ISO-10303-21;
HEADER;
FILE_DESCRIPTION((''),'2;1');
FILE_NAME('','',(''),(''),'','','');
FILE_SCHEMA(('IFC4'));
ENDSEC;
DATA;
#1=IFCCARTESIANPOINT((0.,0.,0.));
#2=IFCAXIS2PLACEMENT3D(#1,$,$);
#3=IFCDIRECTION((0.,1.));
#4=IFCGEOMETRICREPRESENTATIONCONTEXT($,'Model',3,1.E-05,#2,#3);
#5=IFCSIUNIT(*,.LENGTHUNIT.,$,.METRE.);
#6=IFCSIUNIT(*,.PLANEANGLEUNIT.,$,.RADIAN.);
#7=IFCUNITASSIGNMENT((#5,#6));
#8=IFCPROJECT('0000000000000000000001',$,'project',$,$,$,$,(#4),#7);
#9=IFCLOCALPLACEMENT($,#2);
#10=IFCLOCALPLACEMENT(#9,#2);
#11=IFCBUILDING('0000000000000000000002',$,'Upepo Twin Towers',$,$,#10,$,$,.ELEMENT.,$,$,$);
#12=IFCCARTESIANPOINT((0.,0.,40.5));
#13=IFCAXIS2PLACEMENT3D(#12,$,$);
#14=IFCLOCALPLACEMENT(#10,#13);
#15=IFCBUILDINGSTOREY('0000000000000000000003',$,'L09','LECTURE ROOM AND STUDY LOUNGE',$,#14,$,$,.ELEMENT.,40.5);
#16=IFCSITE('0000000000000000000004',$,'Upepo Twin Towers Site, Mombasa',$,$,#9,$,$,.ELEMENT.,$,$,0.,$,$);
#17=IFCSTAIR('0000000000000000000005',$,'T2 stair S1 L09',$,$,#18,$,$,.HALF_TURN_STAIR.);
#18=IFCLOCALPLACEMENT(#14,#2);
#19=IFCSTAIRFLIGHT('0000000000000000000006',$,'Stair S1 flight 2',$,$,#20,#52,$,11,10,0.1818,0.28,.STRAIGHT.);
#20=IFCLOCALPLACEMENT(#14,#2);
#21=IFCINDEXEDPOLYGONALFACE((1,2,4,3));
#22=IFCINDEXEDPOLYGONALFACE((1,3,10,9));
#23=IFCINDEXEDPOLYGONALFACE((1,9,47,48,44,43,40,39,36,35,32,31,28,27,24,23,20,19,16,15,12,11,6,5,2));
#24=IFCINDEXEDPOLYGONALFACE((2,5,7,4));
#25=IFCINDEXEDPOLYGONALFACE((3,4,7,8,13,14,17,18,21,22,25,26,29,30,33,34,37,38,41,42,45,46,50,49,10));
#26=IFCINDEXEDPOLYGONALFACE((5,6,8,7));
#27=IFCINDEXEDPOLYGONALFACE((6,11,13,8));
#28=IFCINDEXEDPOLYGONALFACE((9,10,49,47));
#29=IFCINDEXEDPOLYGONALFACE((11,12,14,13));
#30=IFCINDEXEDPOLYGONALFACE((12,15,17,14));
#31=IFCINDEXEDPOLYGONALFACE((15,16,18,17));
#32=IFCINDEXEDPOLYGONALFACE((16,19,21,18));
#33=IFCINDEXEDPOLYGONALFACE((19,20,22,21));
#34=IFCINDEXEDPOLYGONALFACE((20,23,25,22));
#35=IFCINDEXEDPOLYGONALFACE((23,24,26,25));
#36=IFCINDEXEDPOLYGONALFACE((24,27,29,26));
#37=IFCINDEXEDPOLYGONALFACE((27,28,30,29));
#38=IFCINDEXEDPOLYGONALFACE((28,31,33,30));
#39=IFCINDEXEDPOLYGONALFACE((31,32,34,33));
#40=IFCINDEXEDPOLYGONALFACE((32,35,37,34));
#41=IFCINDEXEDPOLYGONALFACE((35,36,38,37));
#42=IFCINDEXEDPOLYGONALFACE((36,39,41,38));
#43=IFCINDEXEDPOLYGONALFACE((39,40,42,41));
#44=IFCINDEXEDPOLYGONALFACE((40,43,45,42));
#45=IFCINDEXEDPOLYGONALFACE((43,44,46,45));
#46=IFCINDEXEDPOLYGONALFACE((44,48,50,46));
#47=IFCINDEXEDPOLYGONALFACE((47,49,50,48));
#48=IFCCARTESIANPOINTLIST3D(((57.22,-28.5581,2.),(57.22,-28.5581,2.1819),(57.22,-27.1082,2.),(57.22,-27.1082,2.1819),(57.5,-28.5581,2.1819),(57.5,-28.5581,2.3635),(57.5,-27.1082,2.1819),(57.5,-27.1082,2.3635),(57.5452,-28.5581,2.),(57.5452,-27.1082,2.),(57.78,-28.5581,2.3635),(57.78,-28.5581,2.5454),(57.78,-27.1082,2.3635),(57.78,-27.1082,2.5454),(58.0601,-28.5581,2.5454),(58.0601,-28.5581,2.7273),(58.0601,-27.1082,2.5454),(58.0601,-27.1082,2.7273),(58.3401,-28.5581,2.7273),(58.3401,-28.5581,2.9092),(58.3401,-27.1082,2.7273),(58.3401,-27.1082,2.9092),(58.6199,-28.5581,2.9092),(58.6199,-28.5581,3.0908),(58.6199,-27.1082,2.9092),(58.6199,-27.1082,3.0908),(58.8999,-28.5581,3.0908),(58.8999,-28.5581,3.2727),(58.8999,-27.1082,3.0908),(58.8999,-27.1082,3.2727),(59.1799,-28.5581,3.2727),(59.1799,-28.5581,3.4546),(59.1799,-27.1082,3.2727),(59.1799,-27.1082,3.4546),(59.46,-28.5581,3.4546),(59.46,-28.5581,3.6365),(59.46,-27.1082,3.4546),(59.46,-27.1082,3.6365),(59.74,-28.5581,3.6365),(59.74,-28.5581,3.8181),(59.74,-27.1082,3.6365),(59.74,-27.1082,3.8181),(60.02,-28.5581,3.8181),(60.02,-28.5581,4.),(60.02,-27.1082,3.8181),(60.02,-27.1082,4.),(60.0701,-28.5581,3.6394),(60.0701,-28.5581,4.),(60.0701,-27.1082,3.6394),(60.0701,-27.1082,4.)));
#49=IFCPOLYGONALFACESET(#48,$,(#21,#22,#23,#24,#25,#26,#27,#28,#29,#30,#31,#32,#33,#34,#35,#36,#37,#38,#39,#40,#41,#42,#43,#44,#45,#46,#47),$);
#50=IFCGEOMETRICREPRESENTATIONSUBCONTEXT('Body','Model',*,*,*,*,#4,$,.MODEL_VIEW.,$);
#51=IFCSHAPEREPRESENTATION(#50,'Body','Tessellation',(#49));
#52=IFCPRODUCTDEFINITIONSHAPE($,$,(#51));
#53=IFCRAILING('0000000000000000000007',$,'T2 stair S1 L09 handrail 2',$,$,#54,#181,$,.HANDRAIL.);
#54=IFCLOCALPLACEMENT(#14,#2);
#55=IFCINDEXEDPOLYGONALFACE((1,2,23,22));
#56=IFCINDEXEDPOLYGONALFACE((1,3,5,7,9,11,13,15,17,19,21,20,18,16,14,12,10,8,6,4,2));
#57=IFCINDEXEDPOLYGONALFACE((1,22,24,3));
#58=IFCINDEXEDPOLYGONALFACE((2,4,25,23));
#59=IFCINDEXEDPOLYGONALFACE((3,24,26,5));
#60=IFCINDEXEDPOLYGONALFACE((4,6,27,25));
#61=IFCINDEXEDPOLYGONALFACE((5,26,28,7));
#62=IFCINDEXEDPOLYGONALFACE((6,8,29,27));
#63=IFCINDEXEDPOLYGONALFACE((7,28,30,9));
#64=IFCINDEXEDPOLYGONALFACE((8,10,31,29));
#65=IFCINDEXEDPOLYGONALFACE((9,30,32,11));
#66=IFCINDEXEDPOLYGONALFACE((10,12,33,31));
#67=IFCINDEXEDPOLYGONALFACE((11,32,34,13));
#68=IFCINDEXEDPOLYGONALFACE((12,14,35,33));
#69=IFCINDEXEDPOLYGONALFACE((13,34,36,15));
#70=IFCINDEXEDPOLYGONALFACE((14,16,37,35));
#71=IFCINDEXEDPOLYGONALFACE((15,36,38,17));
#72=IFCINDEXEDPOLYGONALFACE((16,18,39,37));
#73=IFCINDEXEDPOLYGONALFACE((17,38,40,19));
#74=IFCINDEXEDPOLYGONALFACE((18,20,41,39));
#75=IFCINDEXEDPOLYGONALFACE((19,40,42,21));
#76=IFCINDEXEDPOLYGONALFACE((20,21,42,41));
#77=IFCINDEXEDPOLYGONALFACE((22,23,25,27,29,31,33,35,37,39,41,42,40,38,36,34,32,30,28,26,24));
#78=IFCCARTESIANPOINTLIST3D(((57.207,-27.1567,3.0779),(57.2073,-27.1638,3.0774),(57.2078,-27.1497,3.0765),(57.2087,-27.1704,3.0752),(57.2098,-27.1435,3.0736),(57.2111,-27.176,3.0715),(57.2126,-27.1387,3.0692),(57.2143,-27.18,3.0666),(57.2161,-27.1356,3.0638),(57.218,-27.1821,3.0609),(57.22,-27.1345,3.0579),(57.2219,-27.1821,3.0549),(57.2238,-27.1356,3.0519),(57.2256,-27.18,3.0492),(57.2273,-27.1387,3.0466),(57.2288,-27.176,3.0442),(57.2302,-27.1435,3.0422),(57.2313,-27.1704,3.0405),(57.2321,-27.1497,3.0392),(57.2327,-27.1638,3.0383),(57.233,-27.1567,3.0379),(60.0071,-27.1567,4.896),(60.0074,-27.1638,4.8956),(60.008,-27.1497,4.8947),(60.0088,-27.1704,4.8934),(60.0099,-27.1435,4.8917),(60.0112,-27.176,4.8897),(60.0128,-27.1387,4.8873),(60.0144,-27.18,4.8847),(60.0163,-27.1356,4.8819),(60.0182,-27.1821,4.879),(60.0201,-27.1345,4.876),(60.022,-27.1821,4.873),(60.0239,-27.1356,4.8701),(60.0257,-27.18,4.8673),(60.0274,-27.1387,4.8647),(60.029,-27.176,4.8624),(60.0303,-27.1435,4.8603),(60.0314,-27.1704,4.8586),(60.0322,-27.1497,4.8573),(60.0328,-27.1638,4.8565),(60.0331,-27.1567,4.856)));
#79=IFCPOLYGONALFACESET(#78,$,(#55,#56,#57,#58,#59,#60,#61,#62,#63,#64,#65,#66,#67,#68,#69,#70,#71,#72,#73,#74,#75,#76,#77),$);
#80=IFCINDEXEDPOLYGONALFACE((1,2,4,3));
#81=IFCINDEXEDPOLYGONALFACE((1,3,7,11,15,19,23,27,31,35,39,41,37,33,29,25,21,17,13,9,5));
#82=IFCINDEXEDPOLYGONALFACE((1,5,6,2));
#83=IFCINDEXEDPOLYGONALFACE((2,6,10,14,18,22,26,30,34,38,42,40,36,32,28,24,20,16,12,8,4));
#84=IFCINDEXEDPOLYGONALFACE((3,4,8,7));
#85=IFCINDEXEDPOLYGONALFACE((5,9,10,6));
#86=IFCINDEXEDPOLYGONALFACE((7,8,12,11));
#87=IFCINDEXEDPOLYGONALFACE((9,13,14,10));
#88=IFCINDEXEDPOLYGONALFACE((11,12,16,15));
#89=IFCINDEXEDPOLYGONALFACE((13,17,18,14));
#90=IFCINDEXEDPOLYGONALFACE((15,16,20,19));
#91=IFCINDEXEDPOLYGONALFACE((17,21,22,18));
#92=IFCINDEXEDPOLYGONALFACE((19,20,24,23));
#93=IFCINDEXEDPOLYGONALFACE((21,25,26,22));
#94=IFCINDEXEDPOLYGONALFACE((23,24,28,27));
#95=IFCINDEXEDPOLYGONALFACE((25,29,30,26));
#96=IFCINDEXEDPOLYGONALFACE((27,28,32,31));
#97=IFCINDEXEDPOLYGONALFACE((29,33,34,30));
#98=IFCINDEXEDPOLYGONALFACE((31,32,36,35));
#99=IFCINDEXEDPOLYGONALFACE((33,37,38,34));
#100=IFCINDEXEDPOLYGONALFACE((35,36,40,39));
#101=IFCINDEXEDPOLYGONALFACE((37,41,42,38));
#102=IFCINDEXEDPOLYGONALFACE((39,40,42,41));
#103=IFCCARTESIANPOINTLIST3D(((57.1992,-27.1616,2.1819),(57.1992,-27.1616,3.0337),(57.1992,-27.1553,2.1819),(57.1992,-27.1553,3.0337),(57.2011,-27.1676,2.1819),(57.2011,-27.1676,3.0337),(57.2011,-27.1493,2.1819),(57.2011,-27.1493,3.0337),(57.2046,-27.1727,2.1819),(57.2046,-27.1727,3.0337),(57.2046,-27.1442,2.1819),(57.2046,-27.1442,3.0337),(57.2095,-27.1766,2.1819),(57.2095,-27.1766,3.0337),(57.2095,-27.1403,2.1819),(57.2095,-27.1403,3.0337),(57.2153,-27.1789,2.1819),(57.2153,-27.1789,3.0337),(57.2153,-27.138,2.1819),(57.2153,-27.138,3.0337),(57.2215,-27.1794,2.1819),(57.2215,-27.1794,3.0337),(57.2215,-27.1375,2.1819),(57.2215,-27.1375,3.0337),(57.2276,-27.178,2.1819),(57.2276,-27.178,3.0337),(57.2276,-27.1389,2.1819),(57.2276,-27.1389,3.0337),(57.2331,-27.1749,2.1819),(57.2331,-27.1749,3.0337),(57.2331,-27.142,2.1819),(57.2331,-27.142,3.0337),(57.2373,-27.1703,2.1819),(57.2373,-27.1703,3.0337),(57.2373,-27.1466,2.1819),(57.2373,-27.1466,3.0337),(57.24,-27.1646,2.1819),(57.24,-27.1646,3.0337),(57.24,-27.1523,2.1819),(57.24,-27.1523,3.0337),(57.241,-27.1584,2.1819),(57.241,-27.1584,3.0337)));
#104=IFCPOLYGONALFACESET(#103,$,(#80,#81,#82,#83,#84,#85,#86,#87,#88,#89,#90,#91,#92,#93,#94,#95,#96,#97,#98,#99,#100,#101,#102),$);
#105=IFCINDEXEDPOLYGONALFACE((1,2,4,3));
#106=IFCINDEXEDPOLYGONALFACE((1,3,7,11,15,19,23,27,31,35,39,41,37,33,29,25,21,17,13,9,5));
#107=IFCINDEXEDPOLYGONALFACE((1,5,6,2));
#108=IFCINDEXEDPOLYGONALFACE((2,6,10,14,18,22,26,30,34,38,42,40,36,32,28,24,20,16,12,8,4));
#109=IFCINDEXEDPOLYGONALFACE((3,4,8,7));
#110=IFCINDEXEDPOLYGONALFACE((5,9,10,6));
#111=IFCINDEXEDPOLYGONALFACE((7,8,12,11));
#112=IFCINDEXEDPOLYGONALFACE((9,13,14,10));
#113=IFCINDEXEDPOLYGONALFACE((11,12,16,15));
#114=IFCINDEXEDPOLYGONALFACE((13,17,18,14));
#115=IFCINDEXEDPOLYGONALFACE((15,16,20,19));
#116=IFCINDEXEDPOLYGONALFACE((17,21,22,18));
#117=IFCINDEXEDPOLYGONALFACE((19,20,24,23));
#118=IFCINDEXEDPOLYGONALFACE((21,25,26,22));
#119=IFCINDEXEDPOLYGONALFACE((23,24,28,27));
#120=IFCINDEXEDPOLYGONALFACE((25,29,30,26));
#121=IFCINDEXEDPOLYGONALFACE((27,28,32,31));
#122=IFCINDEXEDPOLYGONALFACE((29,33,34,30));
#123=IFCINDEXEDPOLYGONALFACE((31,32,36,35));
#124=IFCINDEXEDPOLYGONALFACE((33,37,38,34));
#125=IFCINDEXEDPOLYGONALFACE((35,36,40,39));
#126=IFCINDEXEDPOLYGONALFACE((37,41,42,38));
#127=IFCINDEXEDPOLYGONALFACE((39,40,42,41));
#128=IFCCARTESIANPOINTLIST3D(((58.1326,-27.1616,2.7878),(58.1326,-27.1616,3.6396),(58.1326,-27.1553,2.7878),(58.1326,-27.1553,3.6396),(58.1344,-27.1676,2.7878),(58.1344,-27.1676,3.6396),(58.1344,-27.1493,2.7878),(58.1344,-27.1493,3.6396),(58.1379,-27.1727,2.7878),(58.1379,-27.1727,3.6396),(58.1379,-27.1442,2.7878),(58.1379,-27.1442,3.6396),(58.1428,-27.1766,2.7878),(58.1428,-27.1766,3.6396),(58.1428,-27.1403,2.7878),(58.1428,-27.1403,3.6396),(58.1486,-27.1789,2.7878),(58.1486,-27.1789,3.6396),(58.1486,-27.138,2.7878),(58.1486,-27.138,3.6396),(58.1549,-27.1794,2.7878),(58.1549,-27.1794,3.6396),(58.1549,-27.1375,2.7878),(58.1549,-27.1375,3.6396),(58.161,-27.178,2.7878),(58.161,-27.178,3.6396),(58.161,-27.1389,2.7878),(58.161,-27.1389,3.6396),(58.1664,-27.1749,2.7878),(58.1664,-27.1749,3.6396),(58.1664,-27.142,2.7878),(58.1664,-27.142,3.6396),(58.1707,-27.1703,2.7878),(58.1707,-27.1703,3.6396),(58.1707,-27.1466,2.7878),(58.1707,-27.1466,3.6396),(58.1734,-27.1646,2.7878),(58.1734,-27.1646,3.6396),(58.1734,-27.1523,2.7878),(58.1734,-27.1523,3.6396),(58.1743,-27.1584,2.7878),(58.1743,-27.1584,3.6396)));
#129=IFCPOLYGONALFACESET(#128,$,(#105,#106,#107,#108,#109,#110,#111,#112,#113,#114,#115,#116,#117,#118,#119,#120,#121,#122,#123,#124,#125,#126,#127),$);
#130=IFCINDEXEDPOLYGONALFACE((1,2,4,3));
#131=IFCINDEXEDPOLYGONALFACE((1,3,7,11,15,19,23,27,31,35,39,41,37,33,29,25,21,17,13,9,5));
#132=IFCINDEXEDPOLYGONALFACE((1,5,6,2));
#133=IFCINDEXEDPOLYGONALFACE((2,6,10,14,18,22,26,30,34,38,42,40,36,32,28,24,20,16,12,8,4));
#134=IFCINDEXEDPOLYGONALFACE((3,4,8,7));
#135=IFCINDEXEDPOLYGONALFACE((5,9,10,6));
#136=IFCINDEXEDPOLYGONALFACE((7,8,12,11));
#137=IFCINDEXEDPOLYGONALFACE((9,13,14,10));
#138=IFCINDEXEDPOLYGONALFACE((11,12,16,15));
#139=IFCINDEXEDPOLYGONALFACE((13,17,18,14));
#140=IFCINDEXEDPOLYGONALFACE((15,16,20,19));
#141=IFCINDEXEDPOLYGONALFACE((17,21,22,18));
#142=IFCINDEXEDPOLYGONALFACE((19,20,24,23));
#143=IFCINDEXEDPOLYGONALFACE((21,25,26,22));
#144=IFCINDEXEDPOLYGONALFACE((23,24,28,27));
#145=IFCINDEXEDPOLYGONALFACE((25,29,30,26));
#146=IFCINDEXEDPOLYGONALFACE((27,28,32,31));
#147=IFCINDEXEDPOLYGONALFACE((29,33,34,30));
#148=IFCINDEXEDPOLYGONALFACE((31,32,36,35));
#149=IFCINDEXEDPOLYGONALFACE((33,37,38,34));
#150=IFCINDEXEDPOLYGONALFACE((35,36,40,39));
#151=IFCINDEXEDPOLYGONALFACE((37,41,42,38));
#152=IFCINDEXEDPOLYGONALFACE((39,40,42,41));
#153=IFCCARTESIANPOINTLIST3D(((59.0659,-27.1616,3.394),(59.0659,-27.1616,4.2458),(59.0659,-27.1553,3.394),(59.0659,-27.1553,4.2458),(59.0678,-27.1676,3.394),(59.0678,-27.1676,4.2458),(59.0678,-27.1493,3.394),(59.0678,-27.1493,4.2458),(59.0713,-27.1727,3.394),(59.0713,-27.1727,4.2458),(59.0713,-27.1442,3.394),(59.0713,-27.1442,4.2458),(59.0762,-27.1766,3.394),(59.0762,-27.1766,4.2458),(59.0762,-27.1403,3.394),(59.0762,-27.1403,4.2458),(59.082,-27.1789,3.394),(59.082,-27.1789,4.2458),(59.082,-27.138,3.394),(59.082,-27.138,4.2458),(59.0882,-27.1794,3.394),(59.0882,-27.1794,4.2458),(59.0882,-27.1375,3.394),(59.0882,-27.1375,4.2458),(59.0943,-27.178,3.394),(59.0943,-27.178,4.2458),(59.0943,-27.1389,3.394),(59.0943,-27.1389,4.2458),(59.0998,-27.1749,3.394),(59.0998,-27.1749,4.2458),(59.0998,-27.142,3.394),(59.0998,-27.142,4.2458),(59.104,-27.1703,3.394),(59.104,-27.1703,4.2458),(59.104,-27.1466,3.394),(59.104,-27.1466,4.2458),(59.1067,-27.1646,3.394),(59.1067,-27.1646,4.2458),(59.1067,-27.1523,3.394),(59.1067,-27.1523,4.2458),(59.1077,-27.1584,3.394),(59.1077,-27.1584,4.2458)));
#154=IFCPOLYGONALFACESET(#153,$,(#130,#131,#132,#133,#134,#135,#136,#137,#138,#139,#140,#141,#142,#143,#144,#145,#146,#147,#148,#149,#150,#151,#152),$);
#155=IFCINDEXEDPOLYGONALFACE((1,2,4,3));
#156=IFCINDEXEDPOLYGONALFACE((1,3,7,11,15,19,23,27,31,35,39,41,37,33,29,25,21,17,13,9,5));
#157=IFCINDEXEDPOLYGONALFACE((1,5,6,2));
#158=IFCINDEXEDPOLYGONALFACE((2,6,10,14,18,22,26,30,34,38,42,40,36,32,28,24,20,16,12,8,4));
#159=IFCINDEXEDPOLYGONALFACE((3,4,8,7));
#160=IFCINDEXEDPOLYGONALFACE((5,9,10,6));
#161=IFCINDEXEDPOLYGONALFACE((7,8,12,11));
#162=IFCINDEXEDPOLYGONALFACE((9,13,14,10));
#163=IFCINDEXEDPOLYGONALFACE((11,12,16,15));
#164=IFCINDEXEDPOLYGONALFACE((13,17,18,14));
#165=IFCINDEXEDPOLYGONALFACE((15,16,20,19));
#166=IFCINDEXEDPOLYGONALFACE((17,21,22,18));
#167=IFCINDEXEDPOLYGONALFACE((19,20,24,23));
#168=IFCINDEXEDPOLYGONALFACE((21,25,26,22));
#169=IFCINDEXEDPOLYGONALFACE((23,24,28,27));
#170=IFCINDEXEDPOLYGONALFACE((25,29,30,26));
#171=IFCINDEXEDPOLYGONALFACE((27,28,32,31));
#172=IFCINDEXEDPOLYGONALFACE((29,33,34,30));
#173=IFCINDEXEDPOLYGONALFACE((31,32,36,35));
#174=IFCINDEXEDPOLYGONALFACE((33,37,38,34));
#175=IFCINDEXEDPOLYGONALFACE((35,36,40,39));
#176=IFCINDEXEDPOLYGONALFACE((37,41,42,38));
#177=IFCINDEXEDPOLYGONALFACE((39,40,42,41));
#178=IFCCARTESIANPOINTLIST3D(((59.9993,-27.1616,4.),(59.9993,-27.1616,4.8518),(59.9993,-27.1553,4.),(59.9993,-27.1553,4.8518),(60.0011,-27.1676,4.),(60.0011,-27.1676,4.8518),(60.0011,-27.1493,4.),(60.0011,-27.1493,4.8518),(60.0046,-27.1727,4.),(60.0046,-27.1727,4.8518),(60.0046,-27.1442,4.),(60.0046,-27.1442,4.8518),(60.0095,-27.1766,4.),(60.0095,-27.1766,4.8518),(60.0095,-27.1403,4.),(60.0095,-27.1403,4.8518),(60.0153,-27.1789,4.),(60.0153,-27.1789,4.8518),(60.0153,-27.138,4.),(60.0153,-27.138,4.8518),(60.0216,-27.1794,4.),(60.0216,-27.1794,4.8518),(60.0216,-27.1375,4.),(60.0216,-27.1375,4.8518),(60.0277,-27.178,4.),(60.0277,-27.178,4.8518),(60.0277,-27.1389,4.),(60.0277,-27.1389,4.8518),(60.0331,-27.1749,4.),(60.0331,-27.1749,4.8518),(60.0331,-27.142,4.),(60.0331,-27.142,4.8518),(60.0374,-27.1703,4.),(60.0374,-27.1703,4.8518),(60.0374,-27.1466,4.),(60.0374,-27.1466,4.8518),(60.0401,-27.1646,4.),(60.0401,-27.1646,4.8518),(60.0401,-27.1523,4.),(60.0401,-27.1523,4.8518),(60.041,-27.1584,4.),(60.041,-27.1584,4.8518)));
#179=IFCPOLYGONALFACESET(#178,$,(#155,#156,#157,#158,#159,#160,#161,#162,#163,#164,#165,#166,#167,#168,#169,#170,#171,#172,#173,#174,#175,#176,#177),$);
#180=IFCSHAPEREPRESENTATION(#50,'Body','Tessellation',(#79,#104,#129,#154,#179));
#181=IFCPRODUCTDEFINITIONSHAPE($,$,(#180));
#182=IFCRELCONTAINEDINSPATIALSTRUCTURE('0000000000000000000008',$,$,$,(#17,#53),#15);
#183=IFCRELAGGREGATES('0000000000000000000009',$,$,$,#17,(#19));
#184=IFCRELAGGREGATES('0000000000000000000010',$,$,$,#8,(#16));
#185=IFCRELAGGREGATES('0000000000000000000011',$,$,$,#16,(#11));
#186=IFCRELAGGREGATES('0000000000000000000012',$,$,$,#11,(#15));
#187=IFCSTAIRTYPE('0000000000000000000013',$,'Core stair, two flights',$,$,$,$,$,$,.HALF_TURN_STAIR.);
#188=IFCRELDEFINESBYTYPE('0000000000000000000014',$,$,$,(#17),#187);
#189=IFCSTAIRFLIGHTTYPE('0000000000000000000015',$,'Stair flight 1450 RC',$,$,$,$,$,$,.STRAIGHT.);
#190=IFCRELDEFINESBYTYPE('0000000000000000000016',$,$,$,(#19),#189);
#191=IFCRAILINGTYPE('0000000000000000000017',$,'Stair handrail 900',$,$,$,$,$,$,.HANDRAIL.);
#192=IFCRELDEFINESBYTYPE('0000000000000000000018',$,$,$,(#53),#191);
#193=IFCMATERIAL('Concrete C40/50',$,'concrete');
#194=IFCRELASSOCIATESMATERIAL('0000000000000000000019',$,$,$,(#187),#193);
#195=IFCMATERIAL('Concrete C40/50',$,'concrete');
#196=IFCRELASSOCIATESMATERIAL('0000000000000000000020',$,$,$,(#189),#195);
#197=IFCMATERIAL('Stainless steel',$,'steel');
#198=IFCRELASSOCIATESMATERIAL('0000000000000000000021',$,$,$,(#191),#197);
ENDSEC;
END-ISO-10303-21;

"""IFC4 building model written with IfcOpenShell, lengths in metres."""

from ifc_helpers import new_model, si_unit, direction, frame, origin, origin_2d, place, context, subcontext, project, spatial, polyline, circle, outline, extrude, material, type_object, element, aggregate, save


model = new_model("IFC4")

# Units and contexts
model_context = context("Model", 3, precision=1e-05, world=origin(), true_north=direction((0.0, 1.0)))
body_context = subcontext(model_context, "Body", "Model", "MODEL_VIEW")
ifc_project = project(units=[si_unit("LENGTHUNIT", "METRE"), si_unit("PLANEANGLEUNIT", "RADIAN")], contexts=[model_context])

# Site, building, storey
site_placement = place(None, origin())
site = spatial("IfcSite", under=ifc_project, at=site_placement, Name="Upepo Twin Towers Site, Mombasa", CompositionType="ELEMENT", RefElevation=0.0)
building_placement = place(site_placement, origin())
building = spatial("IfcBuilding", under=site, at=building_placement, Name="Upepo Twin Towers", CompositionType="ELEMENT")
storey_placement = place(building_placement, frame((0.0, 0.0, 40.5)))
storey = spatial("IfcBuildingStorey", under=building, at=storey_placement, Name="L09", Description="LECTURE ROOM AND STUDY LOUNGE", CompositionType="ELEMENT", Elevation=40.5)

# Stair, stair flight
ifc_material_1 = material(Name="Concrete C40/50", Category="concrete")
stair_type = type_object("IfcStairType", Name="Core stair, two flights", PredefinedType="HALF_TURN_STAIR", material=ifc_material_1)
stair_placement = place(storey_placement, origin())
stair = element("IfcStair", 1, at=stair_placement, inside=storey, type_object=stair_type, Name="T2 stair S1 L09", PredefinedType="HALF_TURN_STAIR")
ifc_material_2 = material(Name="Concrete C40/50", Category="concrete")
stair_flight_type = type_object("IfcStairFlightType", Name="Stair flight 1450 RC", PredefinedType="STRAIGHT", material=ifc_material_2)
stair_flight_placement = place(storey_placement, frame((57.22, -27.8333, 2.0), z_axis=(0.0, 0.0, 1.0), x_axis=(1.0, 0.0, 0.0)))
stair_flight = element("IfcStairFlight", 2, at=stair_flight_placement, type_object=stair_flight_type, Name="Stair S1 flight 2", NumberOfRisers=11, NumberOfTreads=10, PredefinedType="STRAIGHT", RiserHeight=0.1818, TreadLength=0.28, context=body_context, shape_type="SweptSolid", body=[
    extrude(outline(polyline([(0.0, 0.0), (0.0, 0.1819), (0.28, 0.1819), (0.28, 0.3635), (0.5601, 0.3635), (0.5601, 0.5454), (0.8401, 0.5454), (0.8401, 0.7273), (1.1201, 0.7273), (1.1201, 0.9092), (1.3999, 0.9092), (1.3999, 1.0908), (1.6799, 1.0908), (1.6799, 1.2727), (1.96, 1.2727), (1.96, 1.4546), (2.24, 1.4546), (2.24, 1.6365), (2.52, 1.6365), (2.52, 1.8181), (2.8, 1.8181), (2.8, 2.0), (2.8501, 2.0), (2.8501, 1.6394), (0.3252, 0.0), (0.0, 0.0)])), frame((0.0, 0.7251, 0.0), z_axis=(0.0, -1.0, 0.0), x_axis=(1.0, 0.0, 0.0)), (0.0, 0.0, 1.0), 1.45),
])
aggregate(stair, [stair_flight])

# Railing
ifc_material_3 = material(Name="Stainless steel", Category="steel")
railing_type = type_object("IfcRailingType", Name="Stair handrail 900", PredefinedType="HANDRAIL", material=ifc_material_3)
railing_placement = place(storey_placement, frame((57.22, -27.1584, 2.1819)))
element("IfcRailing", 3, at=railing_placement, inside=storey, type_object=railing_type, Name="T2 stair S1 L09 handrail 2", PredefinedType="HANDRAIL", context=body_context, shape_type="SweptSolid", body=[
    extrude(circle(Radius=0.0239, at=origin_2d()), frame((0.0, 0.0, 0.876), z_axis=(0.838706, 0.0, 0.544585), x_axis=(0.0, 1.0, 0.0)), (0.0, 0.0, 1.0), 3.3386),
    extrude(circle(Radius=0.021, at=origin_2d()), origin(), (0.0, 0.0, 1.0), 0.8518),
    extrude(circle(Radius=0.021, at=origin_2d()), frame((0.9333, 0.0, 0.606)), (0.0, 0.0, 1.0), 0.8518),
    extrude(circle(Radius=0.021, at=origin_2d()), frame((1.8667, 0.0, 1.2122)), (0.0, 0.0, 1.0), 0.8518),
    extrude(circle(Radius=0.021, at=origin_2d()), frame((2.8, 0.0, 1.8181)), (0.0, 0.0, 1.0), 0.8518),
])

save(model, "model.ifc")
